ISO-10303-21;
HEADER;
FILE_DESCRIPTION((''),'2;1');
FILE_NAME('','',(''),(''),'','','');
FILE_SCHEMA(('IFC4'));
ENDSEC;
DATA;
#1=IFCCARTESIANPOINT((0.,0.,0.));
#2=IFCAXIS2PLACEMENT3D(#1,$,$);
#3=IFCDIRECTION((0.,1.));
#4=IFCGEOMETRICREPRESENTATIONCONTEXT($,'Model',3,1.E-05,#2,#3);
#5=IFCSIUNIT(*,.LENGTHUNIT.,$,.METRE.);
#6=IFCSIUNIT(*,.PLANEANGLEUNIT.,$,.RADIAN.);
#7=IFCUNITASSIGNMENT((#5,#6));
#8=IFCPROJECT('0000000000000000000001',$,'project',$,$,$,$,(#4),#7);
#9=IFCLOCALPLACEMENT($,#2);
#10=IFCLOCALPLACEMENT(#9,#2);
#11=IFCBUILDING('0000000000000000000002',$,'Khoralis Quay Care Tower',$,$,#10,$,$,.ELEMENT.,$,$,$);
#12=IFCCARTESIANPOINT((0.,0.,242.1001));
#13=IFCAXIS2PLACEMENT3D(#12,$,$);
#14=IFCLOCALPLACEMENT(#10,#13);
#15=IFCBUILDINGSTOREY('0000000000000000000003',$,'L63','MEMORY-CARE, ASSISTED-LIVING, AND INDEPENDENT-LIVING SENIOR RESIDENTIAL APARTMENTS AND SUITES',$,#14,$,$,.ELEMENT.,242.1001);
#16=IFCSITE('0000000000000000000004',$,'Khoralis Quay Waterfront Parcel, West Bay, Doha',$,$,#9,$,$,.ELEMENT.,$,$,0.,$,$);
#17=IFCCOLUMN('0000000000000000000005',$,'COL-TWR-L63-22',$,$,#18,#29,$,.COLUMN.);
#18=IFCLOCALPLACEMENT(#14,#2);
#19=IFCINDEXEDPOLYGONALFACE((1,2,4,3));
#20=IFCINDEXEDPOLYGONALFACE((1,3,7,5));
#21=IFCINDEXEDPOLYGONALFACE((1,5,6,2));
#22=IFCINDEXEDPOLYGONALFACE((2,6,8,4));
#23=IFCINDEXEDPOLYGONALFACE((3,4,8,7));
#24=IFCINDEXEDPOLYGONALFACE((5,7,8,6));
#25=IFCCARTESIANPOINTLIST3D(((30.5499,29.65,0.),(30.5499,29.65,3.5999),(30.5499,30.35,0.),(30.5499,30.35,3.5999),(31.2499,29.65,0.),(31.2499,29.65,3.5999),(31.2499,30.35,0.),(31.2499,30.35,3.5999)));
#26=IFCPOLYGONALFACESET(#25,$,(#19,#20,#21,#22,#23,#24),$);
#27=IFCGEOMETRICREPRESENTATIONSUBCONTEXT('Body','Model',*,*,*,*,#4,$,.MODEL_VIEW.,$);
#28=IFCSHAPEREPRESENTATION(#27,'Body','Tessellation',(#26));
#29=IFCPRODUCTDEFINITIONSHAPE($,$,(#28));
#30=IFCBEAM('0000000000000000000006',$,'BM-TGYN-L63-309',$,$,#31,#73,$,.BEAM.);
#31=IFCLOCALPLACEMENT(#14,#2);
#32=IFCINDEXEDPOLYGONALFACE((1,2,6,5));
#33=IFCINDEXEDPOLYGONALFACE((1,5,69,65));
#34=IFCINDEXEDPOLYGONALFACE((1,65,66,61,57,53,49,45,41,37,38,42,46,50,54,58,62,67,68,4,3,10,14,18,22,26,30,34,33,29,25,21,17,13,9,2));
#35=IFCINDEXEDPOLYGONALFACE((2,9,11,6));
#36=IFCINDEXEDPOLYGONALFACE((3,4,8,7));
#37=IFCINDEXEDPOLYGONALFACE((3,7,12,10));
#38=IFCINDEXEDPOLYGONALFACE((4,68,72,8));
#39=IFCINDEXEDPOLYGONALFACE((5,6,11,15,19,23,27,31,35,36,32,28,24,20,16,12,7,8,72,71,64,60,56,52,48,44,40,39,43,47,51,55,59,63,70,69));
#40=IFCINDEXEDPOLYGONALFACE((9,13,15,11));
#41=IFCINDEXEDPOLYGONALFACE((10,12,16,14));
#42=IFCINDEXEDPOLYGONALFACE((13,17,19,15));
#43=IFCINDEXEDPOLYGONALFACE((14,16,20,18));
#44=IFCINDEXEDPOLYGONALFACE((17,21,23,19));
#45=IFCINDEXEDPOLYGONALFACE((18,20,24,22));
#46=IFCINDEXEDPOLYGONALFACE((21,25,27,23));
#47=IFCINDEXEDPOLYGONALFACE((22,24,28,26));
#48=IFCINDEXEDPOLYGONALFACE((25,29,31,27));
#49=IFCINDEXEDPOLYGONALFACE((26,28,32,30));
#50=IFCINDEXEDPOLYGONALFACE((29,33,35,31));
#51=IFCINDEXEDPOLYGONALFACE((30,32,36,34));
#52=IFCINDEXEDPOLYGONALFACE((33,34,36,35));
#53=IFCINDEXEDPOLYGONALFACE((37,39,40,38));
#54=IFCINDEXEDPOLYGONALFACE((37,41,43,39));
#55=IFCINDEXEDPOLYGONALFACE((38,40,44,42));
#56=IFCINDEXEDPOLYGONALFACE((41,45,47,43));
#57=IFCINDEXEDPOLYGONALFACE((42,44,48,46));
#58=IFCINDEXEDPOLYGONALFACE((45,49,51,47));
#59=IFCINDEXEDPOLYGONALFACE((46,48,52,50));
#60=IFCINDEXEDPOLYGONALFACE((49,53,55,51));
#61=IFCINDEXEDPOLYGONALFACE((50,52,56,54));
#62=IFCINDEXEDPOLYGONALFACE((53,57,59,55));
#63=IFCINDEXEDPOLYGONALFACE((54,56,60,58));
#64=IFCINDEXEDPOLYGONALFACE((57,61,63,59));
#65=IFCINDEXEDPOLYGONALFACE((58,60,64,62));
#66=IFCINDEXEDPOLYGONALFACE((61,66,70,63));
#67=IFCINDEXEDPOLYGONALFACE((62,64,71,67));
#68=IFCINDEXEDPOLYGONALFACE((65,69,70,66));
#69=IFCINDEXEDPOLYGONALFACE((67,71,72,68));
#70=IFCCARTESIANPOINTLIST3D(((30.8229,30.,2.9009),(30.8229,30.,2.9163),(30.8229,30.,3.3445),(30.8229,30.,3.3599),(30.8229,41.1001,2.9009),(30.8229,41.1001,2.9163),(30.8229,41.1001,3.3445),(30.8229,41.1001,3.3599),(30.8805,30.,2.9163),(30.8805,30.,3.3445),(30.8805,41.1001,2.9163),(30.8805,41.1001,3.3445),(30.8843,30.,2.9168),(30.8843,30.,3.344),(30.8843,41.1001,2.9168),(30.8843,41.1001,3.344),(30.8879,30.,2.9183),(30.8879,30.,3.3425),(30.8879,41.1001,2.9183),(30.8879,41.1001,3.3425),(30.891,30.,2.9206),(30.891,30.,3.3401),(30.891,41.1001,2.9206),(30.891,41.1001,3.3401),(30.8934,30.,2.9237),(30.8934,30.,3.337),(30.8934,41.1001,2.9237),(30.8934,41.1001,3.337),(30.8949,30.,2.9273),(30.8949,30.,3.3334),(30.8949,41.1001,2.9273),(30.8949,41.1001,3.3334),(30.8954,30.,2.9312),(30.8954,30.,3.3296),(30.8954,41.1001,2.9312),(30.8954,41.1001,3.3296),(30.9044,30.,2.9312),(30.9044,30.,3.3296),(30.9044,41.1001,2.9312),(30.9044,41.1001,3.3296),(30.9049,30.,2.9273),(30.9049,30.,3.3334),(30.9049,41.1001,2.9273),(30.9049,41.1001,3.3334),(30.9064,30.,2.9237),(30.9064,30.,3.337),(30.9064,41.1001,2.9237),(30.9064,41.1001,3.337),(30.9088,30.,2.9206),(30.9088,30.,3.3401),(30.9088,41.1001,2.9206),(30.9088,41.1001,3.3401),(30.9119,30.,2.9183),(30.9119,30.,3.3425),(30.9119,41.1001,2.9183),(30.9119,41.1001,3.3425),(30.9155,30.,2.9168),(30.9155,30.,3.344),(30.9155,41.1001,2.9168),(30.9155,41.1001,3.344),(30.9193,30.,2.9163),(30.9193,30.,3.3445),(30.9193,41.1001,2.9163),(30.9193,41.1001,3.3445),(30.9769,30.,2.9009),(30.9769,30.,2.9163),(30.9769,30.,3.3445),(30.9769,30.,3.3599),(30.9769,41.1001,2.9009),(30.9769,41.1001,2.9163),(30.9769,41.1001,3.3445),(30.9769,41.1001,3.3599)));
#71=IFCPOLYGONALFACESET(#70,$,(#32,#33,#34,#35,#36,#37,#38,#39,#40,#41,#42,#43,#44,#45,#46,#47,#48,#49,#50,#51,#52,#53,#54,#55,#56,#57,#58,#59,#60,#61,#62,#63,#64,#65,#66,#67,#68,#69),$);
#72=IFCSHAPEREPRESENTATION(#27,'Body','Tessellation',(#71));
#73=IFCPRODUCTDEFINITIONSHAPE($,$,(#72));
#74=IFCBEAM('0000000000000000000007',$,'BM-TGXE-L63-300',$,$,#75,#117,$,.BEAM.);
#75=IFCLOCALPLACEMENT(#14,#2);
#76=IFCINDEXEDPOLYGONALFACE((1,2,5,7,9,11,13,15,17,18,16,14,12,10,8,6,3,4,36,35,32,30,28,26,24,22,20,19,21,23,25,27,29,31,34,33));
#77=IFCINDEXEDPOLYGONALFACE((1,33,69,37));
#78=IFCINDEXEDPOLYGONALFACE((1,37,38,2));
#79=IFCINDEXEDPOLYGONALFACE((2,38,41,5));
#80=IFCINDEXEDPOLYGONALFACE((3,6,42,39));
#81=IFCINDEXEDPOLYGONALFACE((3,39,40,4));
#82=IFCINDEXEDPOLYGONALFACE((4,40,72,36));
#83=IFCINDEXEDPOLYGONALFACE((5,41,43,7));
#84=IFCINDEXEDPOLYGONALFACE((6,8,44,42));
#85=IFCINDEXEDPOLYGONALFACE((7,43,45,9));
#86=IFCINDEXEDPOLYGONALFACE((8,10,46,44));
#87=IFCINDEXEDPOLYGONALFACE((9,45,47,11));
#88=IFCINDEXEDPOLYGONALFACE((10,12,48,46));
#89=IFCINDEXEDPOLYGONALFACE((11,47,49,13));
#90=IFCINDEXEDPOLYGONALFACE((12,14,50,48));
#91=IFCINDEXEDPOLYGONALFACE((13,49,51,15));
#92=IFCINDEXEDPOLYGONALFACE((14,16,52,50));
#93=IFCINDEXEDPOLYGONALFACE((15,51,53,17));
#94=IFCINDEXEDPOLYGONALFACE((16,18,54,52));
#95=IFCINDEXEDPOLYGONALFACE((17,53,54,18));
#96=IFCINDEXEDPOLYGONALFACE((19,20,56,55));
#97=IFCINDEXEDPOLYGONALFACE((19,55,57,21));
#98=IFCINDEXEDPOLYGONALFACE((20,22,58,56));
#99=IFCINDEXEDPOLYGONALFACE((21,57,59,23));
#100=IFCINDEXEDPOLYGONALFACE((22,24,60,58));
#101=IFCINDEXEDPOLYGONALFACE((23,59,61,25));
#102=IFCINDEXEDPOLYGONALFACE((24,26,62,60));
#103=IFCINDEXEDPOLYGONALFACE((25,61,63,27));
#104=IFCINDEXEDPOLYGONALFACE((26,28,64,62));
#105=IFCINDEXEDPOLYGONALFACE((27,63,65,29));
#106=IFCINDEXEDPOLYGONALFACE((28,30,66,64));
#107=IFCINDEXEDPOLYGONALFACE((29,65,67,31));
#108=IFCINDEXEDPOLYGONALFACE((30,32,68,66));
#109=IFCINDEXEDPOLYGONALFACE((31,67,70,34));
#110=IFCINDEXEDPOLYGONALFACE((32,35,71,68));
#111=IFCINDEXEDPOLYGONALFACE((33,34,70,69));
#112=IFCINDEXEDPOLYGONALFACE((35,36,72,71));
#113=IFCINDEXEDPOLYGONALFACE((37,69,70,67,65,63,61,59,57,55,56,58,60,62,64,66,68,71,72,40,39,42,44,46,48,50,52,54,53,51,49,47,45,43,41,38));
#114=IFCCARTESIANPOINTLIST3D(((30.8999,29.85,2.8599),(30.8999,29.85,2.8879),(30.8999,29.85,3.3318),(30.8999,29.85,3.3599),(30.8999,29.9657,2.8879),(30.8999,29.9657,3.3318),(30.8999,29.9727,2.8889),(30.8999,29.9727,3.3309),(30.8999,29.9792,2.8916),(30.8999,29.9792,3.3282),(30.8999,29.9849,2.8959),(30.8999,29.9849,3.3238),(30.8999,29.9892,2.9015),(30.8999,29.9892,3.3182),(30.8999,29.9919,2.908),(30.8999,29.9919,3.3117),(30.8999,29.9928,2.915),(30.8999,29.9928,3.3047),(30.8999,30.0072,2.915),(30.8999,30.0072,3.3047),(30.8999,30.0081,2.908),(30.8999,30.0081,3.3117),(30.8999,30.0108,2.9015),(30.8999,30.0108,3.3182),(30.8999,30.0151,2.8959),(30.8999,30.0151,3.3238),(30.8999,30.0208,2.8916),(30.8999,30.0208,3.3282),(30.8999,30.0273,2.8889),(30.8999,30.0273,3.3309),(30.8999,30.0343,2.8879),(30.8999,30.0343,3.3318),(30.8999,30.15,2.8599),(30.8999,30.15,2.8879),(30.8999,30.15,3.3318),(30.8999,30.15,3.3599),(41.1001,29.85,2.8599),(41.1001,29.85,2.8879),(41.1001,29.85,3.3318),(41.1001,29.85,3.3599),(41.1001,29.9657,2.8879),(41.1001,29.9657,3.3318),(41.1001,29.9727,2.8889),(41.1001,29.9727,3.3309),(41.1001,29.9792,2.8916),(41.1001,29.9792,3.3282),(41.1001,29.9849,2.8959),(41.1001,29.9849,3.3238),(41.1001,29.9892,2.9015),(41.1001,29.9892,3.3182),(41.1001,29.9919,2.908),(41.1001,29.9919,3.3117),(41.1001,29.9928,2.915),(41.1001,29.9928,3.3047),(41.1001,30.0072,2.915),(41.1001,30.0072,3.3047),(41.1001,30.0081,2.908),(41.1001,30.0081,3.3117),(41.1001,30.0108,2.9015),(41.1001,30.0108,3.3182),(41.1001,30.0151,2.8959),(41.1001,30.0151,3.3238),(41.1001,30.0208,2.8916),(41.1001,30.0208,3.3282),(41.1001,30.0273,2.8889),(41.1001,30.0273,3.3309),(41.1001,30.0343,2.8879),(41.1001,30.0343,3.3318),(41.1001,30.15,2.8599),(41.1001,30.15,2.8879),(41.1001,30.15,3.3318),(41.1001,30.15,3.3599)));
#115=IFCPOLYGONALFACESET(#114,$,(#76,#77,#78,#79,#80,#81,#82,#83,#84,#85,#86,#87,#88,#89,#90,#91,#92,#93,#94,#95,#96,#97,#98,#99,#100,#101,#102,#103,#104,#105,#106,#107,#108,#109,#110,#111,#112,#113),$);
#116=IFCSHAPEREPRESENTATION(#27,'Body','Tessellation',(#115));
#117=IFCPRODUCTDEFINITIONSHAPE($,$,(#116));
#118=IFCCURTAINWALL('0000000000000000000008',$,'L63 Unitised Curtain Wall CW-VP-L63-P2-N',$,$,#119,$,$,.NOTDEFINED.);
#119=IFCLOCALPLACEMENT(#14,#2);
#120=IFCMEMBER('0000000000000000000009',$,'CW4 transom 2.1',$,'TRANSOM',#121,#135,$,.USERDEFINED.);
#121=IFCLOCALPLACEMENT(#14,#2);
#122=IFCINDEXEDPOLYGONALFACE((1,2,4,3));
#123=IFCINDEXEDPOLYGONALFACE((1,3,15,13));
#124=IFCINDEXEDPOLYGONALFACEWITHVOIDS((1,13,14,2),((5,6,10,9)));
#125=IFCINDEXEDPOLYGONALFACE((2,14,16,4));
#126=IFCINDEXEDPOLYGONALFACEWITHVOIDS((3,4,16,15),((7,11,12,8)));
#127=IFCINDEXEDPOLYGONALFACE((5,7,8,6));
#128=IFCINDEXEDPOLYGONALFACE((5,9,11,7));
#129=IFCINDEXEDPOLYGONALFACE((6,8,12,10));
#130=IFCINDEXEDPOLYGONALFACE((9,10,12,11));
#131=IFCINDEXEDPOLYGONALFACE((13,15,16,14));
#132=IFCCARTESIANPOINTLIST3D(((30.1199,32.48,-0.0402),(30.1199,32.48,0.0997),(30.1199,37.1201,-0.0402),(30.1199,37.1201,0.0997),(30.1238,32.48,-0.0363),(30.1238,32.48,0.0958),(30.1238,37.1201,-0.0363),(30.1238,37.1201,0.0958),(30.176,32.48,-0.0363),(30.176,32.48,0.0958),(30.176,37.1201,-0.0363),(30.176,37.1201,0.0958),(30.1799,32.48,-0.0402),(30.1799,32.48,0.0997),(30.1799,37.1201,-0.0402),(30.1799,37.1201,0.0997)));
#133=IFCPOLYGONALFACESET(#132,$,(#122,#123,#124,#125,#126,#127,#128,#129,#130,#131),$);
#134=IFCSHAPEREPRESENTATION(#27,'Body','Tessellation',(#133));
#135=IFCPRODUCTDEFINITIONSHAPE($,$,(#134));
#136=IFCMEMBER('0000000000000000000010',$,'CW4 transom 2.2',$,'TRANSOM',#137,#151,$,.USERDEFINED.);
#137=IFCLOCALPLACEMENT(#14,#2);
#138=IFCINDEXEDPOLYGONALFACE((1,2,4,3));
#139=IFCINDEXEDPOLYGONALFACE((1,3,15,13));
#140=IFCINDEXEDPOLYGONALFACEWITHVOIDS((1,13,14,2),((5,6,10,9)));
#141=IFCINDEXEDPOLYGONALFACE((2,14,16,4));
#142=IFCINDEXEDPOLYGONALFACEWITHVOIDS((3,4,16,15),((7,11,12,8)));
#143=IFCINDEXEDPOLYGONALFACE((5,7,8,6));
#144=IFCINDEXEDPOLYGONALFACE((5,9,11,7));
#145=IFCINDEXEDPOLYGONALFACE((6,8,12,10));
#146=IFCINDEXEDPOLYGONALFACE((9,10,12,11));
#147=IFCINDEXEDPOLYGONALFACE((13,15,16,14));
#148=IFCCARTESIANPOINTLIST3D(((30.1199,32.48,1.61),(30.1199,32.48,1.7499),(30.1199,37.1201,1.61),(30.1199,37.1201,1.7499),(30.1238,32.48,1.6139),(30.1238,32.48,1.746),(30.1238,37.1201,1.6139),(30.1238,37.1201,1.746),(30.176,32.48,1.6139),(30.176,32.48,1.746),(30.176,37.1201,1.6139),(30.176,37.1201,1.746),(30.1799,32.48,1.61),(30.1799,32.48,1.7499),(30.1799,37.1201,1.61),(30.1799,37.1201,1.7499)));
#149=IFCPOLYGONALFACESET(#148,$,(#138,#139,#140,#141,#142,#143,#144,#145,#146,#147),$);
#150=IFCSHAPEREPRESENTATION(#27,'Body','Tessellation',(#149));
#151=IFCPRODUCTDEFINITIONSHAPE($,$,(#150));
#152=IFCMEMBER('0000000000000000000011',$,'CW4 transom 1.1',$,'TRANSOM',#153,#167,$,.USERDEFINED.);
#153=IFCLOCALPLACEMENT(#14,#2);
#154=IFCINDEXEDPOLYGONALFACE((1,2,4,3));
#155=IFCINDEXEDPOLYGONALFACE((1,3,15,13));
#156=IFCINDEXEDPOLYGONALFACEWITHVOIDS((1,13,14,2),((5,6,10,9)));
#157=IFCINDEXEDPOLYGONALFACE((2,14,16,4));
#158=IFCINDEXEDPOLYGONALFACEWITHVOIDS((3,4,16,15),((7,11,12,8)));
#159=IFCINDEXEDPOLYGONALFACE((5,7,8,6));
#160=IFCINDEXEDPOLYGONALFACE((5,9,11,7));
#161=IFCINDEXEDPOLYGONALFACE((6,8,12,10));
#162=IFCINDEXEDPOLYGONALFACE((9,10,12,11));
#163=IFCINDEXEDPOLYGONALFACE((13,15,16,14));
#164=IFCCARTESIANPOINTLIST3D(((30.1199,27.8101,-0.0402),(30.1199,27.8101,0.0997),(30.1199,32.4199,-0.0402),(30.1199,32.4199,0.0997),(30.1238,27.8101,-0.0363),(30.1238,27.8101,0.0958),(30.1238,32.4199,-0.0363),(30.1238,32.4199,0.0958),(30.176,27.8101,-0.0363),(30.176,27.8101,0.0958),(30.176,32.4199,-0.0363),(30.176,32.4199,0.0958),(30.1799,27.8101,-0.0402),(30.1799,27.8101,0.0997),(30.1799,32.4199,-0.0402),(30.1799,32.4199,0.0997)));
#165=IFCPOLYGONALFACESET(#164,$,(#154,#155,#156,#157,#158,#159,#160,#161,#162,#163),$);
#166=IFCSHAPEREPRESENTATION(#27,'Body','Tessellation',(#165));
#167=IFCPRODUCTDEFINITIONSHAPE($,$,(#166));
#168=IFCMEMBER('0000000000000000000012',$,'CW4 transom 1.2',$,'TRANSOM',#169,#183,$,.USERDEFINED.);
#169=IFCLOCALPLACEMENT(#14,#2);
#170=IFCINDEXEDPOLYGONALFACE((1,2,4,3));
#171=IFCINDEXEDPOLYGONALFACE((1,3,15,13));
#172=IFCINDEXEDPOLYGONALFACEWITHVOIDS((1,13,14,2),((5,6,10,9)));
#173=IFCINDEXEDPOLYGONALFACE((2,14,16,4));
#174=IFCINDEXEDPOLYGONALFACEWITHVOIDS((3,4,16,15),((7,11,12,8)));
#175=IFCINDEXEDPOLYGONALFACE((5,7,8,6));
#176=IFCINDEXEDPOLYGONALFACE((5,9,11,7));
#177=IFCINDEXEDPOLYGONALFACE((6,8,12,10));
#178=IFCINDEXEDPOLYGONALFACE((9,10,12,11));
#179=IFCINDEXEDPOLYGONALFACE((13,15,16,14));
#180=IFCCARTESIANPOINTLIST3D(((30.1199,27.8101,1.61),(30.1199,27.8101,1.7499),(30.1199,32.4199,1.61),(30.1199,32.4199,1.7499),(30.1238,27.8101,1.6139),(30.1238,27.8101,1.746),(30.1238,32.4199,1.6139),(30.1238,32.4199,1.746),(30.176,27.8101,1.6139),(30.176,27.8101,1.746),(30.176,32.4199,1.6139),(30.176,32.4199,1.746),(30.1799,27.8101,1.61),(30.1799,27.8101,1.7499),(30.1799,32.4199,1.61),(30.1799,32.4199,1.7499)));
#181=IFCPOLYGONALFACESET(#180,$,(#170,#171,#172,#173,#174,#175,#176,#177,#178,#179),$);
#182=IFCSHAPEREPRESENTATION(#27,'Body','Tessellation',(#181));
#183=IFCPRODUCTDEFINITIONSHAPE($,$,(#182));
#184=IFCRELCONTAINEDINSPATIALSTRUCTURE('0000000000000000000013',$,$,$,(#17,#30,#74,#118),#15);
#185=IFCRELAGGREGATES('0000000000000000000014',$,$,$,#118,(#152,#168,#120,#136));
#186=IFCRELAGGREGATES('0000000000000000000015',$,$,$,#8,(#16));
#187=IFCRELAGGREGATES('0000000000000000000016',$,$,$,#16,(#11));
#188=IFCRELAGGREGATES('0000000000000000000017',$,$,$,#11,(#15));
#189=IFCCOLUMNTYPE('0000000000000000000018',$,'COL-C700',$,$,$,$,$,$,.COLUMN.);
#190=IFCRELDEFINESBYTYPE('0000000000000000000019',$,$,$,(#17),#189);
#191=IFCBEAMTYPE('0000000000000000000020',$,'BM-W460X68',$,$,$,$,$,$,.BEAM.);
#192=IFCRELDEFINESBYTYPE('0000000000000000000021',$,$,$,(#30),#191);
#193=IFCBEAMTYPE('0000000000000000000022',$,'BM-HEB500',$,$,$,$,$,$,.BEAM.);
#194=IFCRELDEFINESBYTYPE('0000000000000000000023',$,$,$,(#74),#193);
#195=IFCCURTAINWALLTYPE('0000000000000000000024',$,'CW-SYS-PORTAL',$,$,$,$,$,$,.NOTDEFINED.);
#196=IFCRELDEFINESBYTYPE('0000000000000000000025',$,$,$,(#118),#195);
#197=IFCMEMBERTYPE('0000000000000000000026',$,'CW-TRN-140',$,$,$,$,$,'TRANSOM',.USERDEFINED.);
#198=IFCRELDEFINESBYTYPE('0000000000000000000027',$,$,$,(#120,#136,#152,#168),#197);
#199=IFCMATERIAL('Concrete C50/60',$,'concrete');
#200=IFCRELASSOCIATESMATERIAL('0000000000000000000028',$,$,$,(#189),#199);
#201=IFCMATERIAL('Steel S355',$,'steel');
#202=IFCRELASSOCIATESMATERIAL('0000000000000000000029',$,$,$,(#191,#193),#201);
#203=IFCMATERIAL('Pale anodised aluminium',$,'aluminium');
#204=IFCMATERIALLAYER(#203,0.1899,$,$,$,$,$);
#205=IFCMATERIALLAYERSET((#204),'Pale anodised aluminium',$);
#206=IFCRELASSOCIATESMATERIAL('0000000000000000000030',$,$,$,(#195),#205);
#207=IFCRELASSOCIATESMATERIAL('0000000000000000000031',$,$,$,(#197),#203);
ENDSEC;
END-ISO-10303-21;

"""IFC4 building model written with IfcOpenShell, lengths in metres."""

from ifc_helpers import new_model, si_unit, direction, frame, origin, origin_2d, place, context, subcontext, project, spatial, rectangle, hollow_rectangle, i_section, extrude, source, transform, mapped, material, layer, layer_set, material_profile, profile_set, type_object, element, aggregate, save


model = new_model("IFC4")

# Units and contexts
model_context = context("Model", 3, precision=1e-05, world=origin(), true_north=direction((0.0, 1.0)))
body_context = subcontext(model_context, "Body", "Model", "MODEL_VIEW")
ifc_project = project(units=[si_unit("LENGTHUNIT", "METRE"), si_unit("PLANEANGLEUNIT", "RADIAN")], contexts=[model_context])

# Site, building, storey
site_placement = place(None, origin())
site = spatial("IfcSite", under=ifc_project, at=site_placement, Name="Khoralis Quay Waterfront Parcel, West Bay, Doha", CompositionType="ELEMENT", RefElevation=0.0)
building_placement = place(site_placement, origin())
building = spatial("IfcBuilding", under=site, at=building_placement, Name="Khoralis Quay Care Tower", CompositionType="ELEMENT")
storey_placement = place(building_placement, frame((0.0, 0.0, 242.1001)))
storey = spatial("IfcBuildingStorey", under=building, at=storey_placement, Name="L63", Description="MEMORY-CARE, ASSISTED-LIVING, AND INDEPENDENT-LIVING SENIOR RESIDENTIAL APARTMENTS AND SUITES", CompositionType="ELEMENT", Elevation=242.1001)

# Column
ifc_material_1 = material(Name="Concrete C50/60", Category="concrete")
ifc_material_profile_1 = material_profile(ifc_material_1, rectangle(XDim=0.7, YDim=0.7, at=origin_2d()), Name="Concrete C50/60")
ifc_profile_set_1 = profile_set([ifc_material_profile_1], Name="Concrete C50/60")
column_type = type_object("IfcColumnType", Name="COL-C700", PredefinedType="COLUMN", material=ifc_profile_set_1)
shared_shape_1 = source(origin(), body_context, "Body", "SweptSolid", [
    extrude(rectangle(XDim=0.7, YDim=0.7, at=origin_2d()), origin(), (0.0, 0.0, 1.0), 3.5999),
])
column_placement = place(storey_placement, frame((30.8999, 30.0, 0.0), z_axis=(0.0, 0.0, 1.0), x_axis=(1.0, 0.0, 0.0)))
element("IfcColumn", 1, at=column_placement, inside=storey, type_object=column_type, Name="COL-TWR-L63-22", PredefinedType="COLUMN", context=body_context, shape_type="MappedRepresentation", body=[
    mapped(shared_shape_1, transform((0.0, 0.0, 0.0), scale=1.0)),
])

# Beams
ifc_material_2 = material(Name="Steel S355", Category="steel")
ifc_material_profile_2 = material_profile(ifc_material_2, i_section(OverallWidth=0.1541, OverallDepth=0.459, WebThickness=0.009, FlangeThickness=0.0154, FilletRadius=0.0149, at=origin_2d()), Name="Steel S355")
ifc_profile_set_2 = profile_set([ifc_material_profile_2], Name="Steel S355")
beam_type_1 = type_object("IfcBeamType", Name="BM-W460X68", PredefinedType="BEAM", material=ifc_profile_set_2)
shared_shape_2 = source(origin(), body_context, "Body", "SweptSolid", [
    extrude(i_section(OverallWidth=0.1541, OverallDepth=0.459, WebThickness=0.009, FlangeThickness=0.0154, FilletRadius=0.0149, at=origin_2d()), origin(), (0.0, 0.0, 1.0), 11.1001),
])
beam_1_placement = place(storey_placement, frame((30.8999, 30.0, 3.1304), z_axis=(0.0, 1.0, 0.0), x_axis=(-1.0, 0.0, 0.0)))
element("IfcBeam", 2, at=beam_1_placement, inside=storey, type_object=beam_type_1, Name="BM-TGYN-L63-309", PredefinedType="BEAM", context=body_context, shape_type="MappedRepresentation", body=[
    mapped(shared_shape_2, transform((0.0, 0.0, 0.0), scale=1.0)),
])
ifc_material_profile_3 = material_profile(ifc_material_2, i_section(OverallWidth=0.3, OverallDepth=0.5, WebThickness=0.0144, FlangeThickness=0.0281, FilletRadius=0.0271, at=origin_2d()), Name="Steel S355")
ifc_profile_set_3 = profile_set([ifc_material_profile_3], Name="Steel S355")
beam_type_2 = type_object("IfcBeamType", Name="BM-HEB500", PredefinedType="BEAM", material=ifc_profile_set_3)
shared_shape_3 = source(origin(), body_context, "Body", "SweptSolid", [
    extrude(i_section(OverallWidth=0.3, OverallDepth=0.5, WebThickness=0.0144, FlangeThickness=0.0281, FilletRadius=0.0271, at=origin_2d()), origin(), (0.0, 0.0, 1.0), 10.2002),
])
beam_2_placement = place(storey_placement, frame((30.8999, 30.0, 3.1099), z_axis=(1.0, 0.0, 0.0), x_axis=(0.0, 1.0, 0.0)))
element("IfcBeam", 3, at=beam_2_placement, inside=storey, type_object=beam_type_2, Name="BM-TGXE-L63-300", PredefinedType="BEAM", context=body_context, shape_type="MappedRepresentation", body=[
    mapped(shared_shape_3, transform((0.0, 0.0, 0.0), scale=1.0)),
])

# Curtain wall, members
ifc_material_3 = material(Name="Pale anodised aluminium", Category="aluminium")
ifc_layer_1 = layer(ifc_material_3, 0.1899)
ifc_layer_set_1 = layer_set([ifc_layer_1], Name="Pale anodised aluminium")
curtain_wall_type = type_object("IfcCurtainWallType", Name="CW-SYS-PORTAL", PredefinedType="NOTDEFINED", material=ifc_layer_set_1)
curtain_wall_placement = place(storey_placement, origin())
curtain_wall = element("IfcCurtainWall", 4, at=curtain_wall_placement, inside=storey, type_object=curtain_wall_type, Name="L63 Unitised Curtain Wall CW-VP-L63-P2-N", PredefinedType="NOTDEFINED")
ifc_material_profile_4 = material_profile(ifc_material_3, hollow_rectangle(XDim=0.0601, YDim=0.1399, WallThickness=0.0039, at=origin_2d()), Name="Pale anodised aluminium")
ifc_profile_set_4 = profile_set([ifc_material_profile_4], Name="Pale anodised aluminium")
member_type_1 = type_object("IfcMemberType", Name="CW-TRN-140", ElementType="TRANSOM", PredefinedType="USERDEFINED", material=ifc_profile_set_4)
shared_shape_4 = source(origin(), body_context, "Body", "SweptSolid", [
    extrude(hollow_rectangle(XDim=0.0601, YDim=0.1399, WallThickness=0.0039, at=origin_2d()), origin(), (0.0, 0.0, 1.0), 4.6401),
])
member_1_placement = place(storey_placement, frame((30.1499, 32.48, 0.0298), z_axis=(0.0, 1.0, 0.0), x_axis=(-1.0, 0.0, 0.0)))
member_1 = element("IfcMember", 5, at=member_1_placement, type_object=member_type_1, Name="CW4 transom 2.1", ObjectType="TRANSOM", PredefinedType="USERDEFINED", context=body_context, shape_type="MappedRepresentation", body=[
    mapped(shared_shape_4, transform((0.0, 0.0, 0.0), scale=1.0)),
])
member_2_placement = place(storey_placement, frame((30.1499, 32.48, 1.6799), z_axis=(0.0, 1.0, 0.0), x_axis=(-1.0, 0.0, 0.0)))
member_2 = element("IfcMember", 6, at=member_2_placement, type_object=member_type_1, Name="CW4 transom 2.2", ObjectType="TRANSOM", PredefinedType="USERDEFINED", context=body_context, shape_type="MappedRepresentation", body=[
    mapped(shared_shape_4, transform((0.0, 0.0, 0.0), scale=1.0)),
])
shared_shape_5 = source(origin(), body_context, "Body", "SweptSolid", [
    extrude(hollow_rectangle(XDim=0.0601, YDim=0.1399, WallThickness=0.0039, at=origin_2d()), origin(), (0.0, 0.0, 1.0), 4.6099),
])
member_3_placement = place(storey_placement, frame((30.1499, 27.8101, 0.0298), z_axis=(0.0, 1.0, 0.0), x_axis=(-1.0, 0.0, 0.0)))
member_3 = element("IfcMember", 7, at=member_3_placement, type_object=member_type_1, Name="CW4 transom 1.1", ObjectType="TRANSOM", PredefinedType="USERDEFINED", context=body_context, shape_type="MappedRepresentation", body=[
    mapped(shared_shape_5, transform((0.0, 0.0, 0.0), scale=1.0)),
])
member_4_placement = place(storey_placement, frame((30.1499, 27.8101, 1.6799), z_axis=(0.0, 1.0, 0.0), x_axis=(-1.0, 0.0, 0.0)))
member_4 = element("IfcMember", 8, at=member_4_placement, type_object=member_type_1, Name="CW4 transom 1.2", ObjectType="TRANSOM", PredefinedType="USERDEFINED", context=body_context, shape_type="MappedRepresentation", body=[
    mapped(shared_shape_5, transform((0.0, 0.0, 0.0), scale=1.0)),
])
aggregate(curtain_wall, [member_3, member_4, member_1, member_2])

save(model, "model.ifc")
